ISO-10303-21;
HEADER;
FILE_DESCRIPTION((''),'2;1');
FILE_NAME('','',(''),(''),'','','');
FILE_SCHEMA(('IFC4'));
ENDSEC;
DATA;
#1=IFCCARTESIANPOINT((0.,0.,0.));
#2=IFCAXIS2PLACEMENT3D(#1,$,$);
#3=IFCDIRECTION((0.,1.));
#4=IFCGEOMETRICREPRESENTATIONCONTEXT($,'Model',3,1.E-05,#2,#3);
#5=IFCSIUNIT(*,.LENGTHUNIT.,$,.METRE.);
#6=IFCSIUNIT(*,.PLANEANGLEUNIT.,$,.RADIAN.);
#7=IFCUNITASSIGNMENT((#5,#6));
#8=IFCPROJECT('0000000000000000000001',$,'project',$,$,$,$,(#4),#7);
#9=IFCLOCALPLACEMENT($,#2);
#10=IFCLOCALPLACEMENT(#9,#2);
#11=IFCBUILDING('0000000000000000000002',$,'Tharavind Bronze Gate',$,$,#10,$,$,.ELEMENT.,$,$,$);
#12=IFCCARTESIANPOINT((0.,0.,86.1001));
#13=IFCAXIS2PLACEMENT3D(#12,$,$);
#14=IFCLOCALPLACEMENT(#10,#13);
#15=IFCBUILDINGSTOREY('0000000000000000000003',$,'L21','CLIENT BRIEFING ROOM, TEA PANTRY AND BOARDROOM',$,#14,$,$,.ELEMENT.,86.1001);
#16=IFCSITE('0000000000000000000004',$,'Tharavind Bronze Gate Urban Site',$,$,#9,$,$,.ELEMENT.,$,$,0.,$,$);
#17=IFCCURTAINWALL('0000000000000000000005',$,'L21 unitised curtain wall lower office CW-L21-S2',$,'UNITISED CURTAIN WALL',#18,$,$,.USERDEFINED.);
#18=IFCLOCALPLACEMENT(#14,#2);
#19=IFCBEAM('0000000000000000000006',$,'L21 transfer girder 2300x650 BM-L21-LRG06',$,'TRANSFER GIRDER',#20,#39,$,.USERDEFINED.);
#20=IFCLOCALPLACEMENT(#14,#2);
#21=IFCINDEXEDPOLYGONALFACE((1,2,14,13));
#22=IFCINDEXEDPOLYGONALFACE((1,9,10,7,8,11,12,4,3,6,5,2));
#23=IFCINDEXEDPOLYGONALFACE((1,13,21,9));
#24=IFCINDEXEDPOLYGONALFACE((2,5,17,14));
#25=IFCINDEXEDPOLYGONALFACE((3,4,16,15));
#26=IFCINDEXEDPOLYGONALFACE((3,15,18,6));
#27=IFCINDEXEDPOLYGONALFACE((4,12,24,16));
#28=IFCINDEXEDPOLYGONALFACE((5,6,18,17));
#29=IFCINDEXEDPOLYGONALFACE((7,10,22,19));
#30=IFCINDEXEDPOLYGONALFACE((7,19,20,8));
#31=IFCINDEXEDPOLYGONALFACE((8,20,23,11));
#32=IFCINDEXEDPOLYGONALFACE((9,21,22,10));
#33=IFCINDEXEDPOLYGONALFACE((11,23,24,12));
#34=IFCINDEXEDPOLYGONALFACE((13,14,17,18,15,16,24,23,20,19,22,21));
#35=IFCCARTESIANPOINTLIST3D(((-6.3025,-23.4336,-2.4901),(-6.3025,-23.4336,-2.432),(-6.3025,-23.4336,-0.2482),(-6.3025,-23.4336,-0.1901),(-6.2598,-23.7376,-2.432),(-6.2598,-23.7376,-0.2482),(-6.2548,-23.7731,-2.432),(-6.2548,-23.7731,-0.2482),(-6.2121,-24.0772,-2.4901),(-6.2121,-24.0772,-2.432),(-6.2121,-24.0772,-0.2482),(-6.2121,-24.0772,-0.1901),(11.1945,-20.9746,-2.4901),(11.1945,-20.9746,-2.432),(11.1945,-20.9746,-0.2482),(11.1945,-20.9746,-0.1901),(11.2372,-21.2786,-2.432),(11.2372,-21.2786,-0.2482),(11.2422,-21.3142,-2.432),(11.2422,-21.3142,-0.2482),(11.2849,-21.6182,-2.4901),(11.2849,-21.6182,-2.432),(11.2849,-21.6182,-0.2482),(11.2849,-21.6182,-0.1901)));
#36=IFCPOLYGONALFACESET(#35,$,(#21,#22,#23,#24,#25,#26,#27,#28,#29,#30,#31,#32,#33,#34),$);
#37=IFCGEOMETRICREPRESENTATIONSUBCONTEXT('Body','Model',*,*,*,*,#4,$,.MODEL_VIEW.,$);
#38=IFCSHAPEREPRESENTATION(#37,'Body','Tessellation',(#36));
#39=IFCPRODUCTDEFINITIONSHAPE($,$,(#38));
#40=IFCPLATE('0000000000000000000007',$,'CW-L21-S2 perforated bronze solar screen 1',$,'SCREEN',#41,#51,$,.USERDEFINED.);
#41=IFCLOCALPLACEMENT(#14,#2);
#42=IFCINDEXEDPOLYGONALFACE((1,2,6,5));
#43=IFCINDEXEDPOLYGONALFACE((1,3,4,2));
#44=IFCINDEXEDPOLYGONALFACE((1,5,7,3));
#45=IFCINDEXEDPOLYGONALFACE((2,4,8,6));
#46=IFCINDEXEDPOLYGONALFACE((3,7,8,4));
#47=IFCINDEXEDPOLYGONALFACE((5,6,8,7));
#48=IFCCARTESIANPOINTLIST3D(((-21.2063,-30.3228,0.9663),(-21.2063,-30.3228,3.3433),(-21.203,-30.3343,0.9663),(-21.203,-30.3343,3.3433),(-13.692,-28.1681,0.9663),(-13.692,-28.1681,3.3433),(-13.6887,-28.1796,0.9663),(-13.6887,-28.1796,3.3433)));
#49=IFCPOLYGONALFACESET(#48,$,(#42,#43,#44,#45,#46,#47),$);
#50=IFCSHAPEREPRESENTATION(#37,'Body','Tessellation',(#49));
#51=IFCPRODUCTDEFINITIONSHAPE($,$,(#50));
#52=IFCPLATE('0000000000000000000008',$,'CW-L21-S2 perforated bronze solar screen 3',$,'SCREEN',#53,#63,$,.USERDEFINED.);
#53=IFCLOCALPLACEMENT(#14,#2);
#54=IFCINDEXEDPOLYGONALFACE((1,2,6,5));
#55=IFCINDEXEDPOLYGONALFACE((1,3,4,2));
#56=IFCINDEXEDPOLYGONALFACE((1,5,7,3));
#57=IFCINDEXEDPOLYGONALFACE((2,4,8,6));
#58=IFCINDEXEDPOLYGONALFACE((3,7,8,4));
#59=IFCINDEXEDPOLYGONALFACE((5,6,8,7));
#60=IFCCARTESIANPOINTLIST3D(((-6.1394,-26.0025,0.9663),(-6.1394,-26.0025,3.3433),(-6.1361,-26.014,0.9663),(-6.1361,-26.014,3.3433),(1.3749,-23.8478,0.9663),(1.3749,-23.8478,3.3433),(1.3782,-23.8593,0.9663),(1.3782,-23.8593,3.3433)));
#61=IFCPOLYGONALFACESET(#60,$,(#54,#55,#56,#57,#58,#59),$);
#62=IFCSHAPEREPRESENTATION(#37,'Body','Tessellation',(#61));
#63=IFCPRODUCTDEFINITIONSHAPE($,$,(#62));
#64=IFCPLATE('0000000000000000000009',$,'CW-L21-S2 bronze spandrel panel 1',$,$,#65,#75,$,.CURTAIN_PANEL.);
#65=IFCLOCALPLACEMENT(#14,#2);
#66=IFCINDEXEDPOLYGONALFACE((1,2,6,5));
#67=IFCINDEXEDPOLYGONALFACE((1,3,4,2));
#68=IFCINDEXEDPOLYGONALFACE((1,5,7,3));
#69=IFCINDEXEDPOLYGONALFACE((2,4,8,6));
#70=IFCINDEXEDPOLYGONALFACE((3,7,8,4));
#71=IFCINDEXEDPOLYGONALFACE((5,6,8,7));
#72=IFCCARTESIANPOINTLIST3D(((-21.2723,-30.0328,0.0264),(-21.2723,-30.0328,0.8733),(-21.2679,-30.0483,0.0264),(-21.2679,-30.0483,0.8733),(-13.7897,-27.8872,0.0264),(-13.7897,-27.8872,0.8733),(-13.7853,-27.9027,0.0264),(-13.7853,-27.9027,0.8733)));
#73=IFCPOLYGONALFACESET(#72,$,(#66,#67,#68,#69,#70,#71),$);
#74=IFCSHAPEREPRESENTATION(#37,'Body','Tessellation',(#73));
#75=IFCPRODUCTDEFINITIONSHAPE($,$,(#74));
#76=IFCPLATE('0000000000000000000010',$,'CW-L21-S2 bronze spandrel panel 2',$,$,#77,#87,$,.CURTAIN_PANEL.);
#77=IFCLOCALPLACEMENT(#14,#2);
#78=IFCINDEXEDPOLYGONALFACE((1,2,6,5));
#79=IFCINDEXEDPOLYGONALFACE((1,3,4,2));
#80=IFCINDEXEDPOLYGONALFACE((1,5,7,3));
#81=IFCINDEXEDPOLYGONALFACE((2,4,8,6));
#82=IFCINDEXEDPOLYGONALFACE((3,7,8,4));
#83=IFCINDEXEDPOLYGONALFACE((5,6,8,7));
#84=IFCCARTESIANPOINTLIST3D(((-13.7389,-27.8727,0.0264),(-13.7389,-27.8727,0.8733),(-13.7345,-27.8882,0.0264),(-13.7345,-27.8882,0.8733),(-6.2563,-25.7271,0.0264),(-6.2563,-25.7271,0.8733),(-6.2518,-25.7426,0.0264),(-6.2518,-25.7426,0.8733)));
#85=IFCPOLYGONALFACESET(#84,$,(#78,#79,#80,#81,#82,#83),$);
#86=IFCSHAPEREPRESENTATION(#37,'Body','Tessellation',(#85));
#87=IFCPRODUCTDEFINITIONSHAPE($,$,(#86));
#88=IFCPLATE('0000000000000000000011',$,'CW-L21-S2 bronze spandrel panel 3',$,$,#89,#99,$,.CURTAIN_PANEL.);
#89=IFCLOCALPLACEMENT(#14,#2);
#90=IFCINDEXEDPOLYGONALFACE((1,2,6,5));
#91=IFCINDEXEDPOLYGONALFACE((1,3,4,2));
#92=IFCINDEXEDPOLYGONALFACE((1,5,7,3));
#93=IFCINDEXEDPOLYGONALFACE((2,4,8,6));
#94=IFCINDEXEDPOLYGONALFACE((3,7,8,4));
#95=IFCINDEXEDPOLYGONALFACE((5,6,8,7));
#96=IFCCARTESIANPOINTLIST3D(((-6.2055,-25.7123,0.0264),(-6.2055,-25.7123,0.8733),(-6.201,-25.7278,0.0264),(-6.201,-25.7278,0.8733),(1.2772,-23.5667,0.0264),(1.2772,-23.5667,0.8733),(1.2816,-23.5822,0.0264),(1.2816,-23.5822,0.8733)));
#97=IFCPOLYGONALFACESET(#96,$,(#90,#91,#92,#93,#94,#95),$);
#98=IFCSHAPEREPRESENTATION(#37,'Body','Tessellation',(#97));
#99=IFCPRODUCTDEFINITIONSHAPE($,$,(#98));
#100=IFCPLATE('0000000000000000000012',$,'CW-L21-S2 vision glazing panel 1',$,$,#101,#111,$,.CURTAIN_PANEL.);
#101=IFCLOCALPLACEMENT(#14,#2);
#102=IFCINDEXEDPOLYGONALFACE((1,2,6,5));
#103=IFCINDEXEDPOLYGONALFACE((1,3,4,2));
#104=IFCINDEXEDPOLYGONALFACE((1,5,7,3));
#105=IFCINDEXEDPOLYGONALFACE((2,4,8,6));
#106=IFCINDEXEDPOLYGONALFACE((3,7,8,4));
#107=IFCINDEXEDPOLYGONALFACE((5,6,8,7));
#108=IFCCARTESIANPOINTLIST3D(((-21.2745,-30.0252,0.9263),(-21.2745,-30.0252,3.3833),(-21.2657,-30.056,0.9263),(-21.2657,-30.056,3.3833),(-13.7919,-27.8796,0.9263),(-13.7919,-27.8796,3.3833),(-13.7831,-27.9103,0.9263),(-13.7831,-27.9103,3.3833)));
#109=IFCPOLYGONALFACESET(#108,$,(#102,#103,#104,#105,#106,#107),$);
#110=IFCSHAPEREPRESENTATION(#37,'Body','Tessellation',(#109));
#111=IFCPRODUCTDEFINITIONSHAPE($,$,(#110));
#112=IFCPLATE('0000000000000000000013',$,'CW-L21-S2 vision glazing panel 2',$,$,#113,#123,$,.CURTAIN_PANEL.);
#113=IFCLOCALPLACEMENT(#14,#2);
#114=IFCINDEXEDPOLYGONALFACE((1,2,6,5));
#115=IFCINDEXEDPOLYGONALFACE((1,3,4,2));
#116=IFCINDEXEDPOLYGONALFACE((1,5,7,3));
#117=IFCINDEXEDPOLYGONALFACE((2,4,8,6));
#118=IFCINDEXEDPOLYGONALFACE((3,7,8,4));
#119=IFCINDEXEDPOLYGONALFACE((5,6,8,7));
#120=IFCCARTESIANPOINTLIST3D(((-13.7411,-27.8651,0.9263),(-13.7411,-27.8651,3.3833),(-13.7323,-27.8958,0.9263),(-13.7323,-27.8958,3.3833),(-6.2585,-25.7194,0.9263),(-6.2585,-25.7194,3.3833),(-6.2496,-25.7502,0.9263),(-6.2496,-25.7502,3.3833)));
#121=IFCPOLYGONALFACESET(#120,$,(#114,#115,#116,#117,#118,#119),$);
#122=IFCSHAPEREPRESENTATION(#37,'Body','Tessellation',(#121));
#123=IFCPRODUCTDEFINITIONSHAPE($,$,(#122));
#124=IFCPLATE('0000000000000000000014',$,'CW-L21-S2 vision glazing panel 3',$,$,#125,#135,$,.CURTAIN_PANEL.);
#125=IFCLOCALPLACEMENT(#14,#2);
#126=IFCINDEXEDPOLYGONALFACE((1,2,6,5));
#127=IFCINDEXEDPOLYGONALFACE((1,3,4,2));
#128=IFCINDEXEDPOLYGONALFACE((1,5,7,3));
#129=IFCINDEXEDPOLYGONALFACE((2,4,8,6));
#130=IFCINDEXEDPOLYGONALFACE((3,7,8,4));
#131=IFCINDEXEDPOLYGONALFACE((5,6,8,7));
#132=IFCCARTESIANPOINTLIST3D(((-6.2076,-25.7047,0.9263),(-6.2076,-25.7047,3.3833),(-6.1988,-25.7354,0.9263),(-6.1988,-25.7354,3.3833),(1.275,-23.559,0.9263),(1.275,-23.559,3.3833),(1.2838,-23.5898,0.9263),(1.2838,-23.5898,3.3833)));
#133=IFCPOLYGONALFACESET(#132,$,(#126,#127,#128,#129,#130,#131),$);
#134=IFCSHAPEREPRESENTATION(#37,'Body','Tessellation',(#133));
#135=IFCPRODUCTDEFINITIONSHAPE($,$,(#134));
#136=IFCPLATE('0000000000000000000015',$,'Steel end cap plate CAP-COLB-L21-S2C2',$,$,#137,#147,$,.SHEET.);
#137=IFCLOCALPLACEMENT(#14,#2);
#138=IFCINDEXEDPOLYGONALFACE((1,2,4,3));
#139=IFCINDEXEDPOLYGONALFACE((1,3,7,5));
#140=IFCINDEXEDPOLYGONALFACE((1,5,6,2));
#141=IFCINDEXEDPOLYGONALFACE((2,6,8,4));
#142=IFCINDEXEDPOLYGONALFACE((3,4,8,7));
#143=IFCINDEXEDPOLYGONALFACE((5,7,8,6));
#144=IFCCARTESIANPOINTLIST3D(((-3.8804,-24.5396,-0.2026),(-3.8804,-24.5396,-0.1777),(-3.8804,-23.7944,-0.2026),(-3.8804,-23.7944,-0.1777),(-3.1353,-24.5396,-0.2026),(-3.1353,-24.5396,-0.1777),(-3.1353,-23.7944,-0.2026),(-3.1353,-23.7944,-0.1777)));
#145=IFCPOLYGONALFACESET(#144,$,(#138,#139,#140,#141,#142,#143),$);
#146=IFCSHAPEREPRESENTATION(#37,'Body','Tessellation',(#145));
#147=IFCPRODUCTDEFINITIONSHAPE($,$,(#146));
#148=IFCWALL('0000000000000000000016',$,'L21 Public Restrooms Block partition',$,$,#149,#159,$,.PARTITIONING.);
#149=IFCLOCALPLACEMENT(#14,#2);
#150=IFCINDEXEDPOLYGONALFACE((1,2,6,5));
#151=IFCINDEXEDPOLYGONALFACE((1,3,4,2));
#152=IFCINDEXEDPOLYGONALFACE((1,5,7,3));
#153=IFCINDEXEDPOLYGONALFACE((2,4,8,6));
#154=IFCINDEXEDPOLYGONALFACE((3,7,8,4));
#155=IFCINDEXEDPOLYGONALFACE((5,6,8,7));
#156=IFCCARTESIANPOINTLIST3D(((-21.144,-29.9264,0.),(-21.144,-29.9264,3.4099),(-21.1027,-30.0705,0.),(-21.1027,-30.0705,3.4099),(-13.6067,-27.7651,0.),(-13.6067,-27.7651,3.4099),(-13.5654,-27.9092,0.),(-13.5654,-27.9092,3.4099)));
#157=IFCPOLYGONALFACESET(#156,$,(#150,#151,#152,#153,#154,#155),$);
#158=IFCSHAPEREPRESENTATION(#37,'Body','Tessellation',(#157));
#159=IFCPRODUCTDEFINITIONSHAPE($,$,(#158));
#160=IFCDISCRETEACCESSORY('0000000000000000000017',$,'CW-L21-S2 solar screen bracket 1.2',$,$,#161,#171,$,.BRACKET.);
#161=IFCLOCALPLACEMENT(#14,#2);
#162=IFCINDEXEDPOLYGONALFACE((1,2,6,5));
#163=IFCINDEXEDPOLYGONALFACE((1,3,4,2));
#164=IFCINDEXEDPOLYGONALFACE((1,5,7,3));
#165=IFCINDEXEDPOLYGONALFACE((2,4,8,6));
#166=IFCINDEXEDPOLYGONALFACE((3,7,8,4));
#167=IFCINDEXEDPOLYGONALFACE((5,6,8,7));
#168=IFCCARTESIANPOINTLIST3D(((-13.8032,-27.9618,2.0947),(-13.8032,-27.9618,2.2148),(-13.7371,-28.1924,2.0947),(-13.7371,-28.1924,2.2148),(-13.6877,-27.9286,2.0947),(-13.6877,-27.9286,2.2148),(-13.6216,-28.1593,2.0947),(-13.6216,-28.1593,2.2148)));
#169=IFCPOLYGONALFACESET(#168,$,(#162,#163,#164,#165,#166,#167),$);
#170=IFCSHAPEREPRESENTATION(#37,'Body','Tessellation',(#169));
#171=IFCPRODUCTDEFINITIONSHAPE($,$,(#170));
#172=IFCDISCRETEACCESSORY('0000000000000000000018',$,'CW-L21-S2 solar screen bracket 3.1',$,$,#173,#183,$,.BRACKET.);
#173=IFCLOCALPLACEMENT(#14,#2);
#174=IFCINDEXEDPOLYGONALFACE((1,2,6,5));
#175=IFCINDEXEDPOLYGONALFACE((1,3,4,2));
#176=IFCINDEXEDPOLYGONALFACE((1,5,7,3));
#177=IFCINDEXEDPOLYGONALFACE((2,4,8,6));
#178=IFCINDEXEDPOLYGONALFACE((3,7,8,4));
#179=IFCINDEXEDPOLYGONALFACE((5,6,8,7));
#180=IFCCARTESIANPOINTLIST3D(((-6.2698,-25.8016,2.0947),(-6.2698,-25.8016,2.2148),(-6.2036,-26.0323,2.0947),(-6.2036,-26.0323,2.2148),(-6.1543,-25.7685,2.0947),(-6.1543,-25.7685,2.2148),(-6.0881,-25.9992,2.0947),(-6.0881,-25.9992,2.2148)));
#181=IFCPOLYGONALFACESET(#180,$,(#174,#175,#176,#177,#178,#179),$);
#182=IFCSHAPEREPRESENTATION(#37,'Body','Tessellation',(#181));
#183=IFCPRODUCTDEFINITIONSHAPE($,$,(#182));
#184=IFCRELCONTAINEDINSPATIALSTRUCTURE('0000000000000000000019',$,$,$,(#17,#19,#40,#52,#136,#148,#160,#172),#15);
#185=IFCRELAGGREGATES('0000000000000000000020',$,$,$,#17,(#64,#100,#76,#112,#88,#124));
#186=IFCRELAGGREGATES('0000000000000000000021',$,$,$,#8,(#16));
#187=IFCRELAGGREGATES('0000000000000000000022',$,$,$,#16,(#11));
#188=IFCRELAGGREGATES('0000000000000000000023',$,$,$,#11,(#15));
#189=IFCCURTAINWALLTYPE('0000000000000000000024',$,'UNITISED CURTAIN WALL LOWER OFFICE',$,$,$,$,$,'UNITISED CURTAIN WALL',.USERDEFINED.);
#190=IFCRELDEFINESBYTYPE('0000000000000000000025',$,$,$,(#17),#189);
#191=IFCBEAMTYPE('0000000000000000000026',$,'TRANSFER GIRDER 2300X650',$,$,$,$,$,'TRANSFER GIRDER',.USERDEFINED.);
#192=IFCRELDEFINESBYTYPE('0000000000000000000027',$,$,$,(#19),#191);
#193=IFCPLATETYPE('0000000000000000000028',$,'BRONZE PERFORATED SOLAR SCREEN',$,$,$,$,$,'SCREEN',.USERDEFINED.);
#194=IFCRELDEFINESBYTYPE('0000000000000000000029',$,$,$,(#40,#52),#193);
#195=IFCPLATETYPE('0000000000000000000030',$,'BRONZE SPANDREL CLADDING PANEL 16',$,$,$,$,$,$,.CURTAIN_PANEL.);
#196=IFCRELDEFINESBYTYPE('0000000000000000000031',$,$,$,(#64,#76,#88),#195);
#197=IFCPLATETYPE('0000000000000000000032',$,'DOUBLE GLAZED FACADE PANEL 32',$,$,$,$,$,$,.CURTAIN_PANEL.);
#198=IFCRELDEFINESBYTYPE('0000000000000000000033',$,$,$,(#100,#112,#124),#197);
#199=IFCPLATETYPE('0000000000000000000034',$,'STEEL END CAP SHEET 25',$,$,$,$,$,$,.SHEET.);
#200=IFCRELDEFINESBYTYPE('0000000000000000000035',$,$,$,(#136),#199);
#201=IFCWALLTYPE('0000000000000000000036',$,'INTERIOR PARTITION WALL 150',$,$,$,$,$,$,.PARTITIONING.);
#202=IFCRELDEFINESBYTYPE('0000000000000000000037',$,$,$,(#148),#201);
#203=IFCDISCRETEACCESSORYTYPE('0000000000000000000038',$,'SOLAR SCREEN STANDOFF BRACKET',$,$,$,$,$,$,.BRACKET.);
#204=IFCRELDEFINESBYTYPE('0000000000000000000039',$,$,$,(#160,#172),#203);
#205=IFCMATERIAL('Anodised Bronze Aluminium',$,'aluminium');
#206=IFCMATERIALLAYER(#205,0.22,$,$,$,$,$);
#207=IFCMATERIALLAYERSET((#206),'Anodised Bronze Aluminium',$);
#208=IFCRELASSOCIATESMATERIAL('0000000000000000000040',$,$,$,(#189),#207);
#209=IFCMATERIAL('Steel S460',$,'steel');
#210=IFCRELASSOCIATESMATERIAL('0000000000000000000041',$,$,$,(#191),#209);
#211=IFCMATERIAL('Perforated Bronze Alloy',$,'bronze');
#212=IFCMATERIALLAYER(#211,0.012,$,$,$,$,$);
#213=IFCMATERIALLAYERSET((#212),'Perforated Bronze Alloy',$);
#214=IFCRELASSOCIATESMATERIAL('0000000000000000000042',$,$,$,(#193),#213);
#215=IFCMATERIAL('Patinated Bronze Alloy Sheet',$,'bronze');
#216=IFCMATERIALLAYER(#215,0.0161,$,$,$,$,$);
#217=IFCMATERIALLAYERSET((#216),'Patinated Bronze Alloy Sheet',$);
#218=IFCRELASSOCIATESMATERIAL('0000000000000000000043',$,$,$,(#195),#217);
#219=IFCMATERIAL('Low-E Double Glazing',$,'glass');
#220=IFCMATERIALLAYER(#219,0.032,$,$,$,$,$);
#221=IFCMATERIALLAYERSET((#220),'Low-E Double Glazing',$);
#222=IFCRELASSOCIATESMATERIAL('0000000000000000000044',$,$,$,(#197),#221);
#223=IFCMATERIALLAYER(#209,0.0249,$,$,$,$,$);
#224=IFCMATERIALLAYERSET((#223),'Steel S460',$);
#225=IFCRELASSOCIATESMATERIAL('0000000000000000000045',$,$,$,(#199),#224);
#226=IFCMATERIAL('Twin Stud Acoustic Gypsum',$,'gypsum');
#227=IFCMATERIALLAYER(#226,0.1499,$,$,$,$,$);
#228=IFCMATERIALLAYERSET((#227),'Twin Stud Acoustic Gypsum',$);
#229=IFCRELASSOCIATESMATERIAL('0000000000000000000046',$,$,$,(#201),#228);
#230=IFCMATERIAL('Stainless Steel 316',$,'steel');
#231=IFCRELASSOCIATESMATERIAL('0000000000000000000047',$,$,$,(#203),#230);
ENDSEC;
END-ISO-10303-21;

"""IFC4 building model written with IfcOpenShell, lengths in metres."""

from ifc_helpers import new_model, si_unit, direction, frame, frame_2d, origin, origin_2d, place, context, subcontext, project, spatial, rectangle, i_section, extrude, material, layer, layer_set, material_profile, profile_set, type_object, element, aggregate, save


model = new_model("IFC4")

# Units and contexts
model_context = context("Model", 3, precision=1e-05, world=origin(), true_north=direction((0.0, 1.0)))
body_context = subcontext(model_context, "Body", "Model", "MODEL_VIEW")
ifc_project = project(units=[si_unit("LENGTHUNIT", "METRE"), si_unit("PLANEANGLEUNIT", "RADIAN")], contexts=[model_context])

# Site, building, storey
site_placement = place(None, origin())
site = spatial("IfcSite", under=ifc_project, at=site_placement, Name="Tharavind Bronze Gate Urban Site", CompositionType="ELEMENT", RefElevation=0.0)
building_placement = place(site_placement, origin())
building = spatial("IfcBuilding", under=site, at=building_placement, Name="Tharavind Bronze Gate", CompositionType="ELEMENT")
storey_placement = place(building_placement, frame((0.0, 0.0, 86.1001)))
storey = spatial("IfcBuildingStorey", under=building, at=storey_placement, Name="L21", Description="CLIENT BRIEFING ROOM, TEA PANTRY AND BOARDROOM", CompositionType="ELEMENT", Elevation=86.1001)

# Shared definitions
ifc_material_1 = material(Name="Steel S460", Category="steel")

# Curtain wall
ifc_material_2 = material(Name="Anodised Bronze Aluminium", Category="aluminium")
ifc_layer_1 = layer(ifc_material_2, 0.22)
ifc_layer_set_1 = layer_set([ifc_layer_1], Name="Anodised Bronze Aluminium")
curtain_wall_type = type_object("IfcCurtainWallType", Name="UNITISED CURTAIN WALL LOWER OFFICE", ElementType="UNITISED CURTAIN WALL", PredefinedType="USERDEFINED", material=ifc_layer_set_1)
curtain_wall_placement = place(storey_placement, origin())
curtain_wall = element("IfcCurtainWall", 1, at=curtain_wall_placement, inside=storey, type_object=curtain_wall_type, Name="L21 unitised curtain wall lower office CW-L21-S2", ObjectType="UNITISED CURTAIN WALL", PredefinedType="USERDEFINED")

# Beam
ifc_material_profile_1 = material_profile(ifc_material_1, i_section(OverallWidth=0.6499, OverallDepth=2.3, WebThickness=0.0359, FlangeThickness=0.0581, at=origin_2d()), Name="PG2300X650")
ifc_profile_set_1 = profile_set([ifc_material_profile_1], Name="Steel S460")
beam_type_1 = type_object("IfcBeamType", Name="TRANSFER GIRDER 2300X650", ElementType="TRANSFER GIRDER", PredefinedType="USERDEFINED", material=ifc_profile_set_1)
beam_1_placement = place(storey_placement, frame((-6.2573, -23.7554, -1.3401), z_axis=(0.990269, 0.139169, 0.0), x_axis=(-0.139169, 0.990269, 0.0)))
element("IfcBeam", 2, at=beam_1_placement, inside=storey, type_object=beam_type_1, Name="L21 transfer girder 2300x650 BM-L21-LRG06", ObjectType="TRANSFER GIRDER", PredefinedType="USERDEFINED", context=body_context, shape_type="SweptSolid", body=[
    extrude(i_section(OverallWidth=0.6499, OverallDepth=2.3, WebThickness=0.0359, FlangeThickness=0.0581, at=origin_2d()), origin(), (0.0, 0.0, 1.0), 17.6689),
])

# Plates
ifc_material_3 = material(Name="Perforated Bronze Alloy", Category="bronze")
ifc_layer_2 = layer(ifc_material_3, 0.012)
ifc_layer_set_2 = layer_set([ifc_layer_2], Name="Perforated Bronze Alloy")
plate_type_1 = type_object("IfcPlateType", Name="BRONZE PERFORATED SOLAR SCREEN", ElementType="SCREEN", PredefinedType="USERDEFINED", material=ifc_layer_set_2)
for number, where, z_axis, x_axis, name in (
    (3, (-17.4475, -29.2512, 0.9663), (0.0, 0.0, 1.0), (0.961262, 0.275637, 0.0), "CW-L21-S2 perforated bronze solar screen 1"),
    (4, (-2.3806, -24.9309, 0.9663), (0.0, 0.0, 1.0), (0.961262, 0.275637, 0.0), "CW-L21-S2 perforated bronze solar screen 3"),
):
    element("IfcPlate", number, at=place(storey_placement, frame(where, z_axis=z_axis, x_axis=x_axis)), inside=storey, type_object=plate_type_1, Name=name, ObjectType="SCREEN", PredefinedType="USERDEFINED", context=body_context, shape_type="SweptSolid", body=[
        extrude(rectangle(XDim=7.8171, YDim=0.012, at=origin_2d()), origin(), (0.0, 0.0, 1.0), 2.377),
    ])

# Plates
ifc_material_4 = material(Name="Patinated Bronze Alloy Sheet", Category="bronze")
ifc_layer_3 = layer(ifc_material_4, 0.0161)
ifc_layer_set_3 = layer_set([ifc_layer_3], Name="Patinated Bronze Alloy Sheet")
plate_type_2 = type_object("IfcPlateType", Name="BRONZE SPANDREL CLADDING PANEL 16", PredefinedType="CURTAIN_PANEL", material=ifc_layer_set_3)
plate_1_placement = place(storey_placement, frame((-17.5288, -28.9678, 0.0264), z_axis=(0.0, 0.0, 1.0), x_axis=(0.961262, 0.275637, 0.0)))
plate_1 = element("IfcPlate", 5, at=plate_1_placement, type_object=plate_type_2, Name="CW-L21-S2 bronze spandrel panel 1", PredefinedType="CURTAIN_PANEL", context=body_context, shape_type="SweptSolid", body=[
    extrude(rectangle(XDim=7.7842, YDim=0.0161, at=origin_2d()), origin(), (0.0, 0.0, 1.0), 0.8469),
])
plate_2_placement = place(storey_placement, frame((-9.9954, -26.8076, 0.0264), z_axis=(0.0, 0.0, 1.0), x_axis=(0.961262, 0.275637, 0.0)))
plate_2 = element("IfcPlate", 6, at=plate_2_placement, type_object=plate_type_2, Name="CW-L21-S2 bronze spandrel panel 2", PredefinedType="CURTAIN_PANEL", context=body_context, shape_type="SweptSolid", body=[
    extrude(rectangle(XDim=7.7842, YDim=0.0161, at=origin_2d()), origin(), (0.0, 0.0, 1.0), 0.8469),
])
plate_3_placement = place(storey_placement, frame((-2.4619, -24.6472, 0.0264), z_axis=(0.0, 0.0, 1.0), x_axis=(0.961262, 0.275637, 0.0)))
plate_3 = element("IfcPlate", 7, at=plate_3_placement, type_object=plate_type_2, Name="CW-L21-S2 bronze spandrel panel 3", PredefinedType="CURTAIN_PANEL", context=body_context, shape_type="SweptSolid", body=[
    extrude(rectangle(XDim=7.7842, YDim=0.0161, at=origin_2d()), origin(), (0.0, 0.0, 1.0), 0.8469),
])
ifc_material_5 = material(Name="Low-E Double Glazing", Category="glass")
ifc_layer_4 = layer(ifc_material_5, 0.032)
ifc_layer_set_4 = layer_set([ifc_layer_4], Name="Low-E Double Glazing")
plate_type_3 = type_object("IfcPlateType", Name="DOUBLE GLAZED FACADE PANEL 32", PredefinedType="CURTAIN_PANEL", material=ifc_layer_set_4)
plate_4_placement = place(storey_placement, frame((-17.5288, -28.9678, 0.9263), z_axis=(0.0, 0.0, 1.0), x_axis=(0.961262, 0.275637, 0.0)))
plate_4 = element("IfcPlate", 8, at=plate_4_placement, type_object=plate_type_3, Name="CW-L21-S2 vision glazing panel 1", PredefinedType="CURTAIN_PANEL", context=body_context, shape_type="SweptSolid", body=[
    extrude(rectangle(XDim=7.7842, YDim=0.032, at=origin_2d()), origin(), (0.0, 0.0, 1.0), 2.457),
])
plate_5_placement = place(storey_placement, frame((-9.9954, -26.8076, 0.9263), z_axis=(0.0, 0.0, 1.0), x_axis=(0.961262, 0.275637, 0.0)))
plate_5 = element("IfcPlate", 9, at=plate_5_placement, type_object=plate_type_3, Name="CW-L21-S2 vision glazing panel 2", PredefinedType="CURTAIN_PANEL", context=body_context, shape_type="SweptSolid", body=[
    extrude(rectangle(XDim=7.7842, YDim=0.032, at=origin_2d()), origin(), (0.0, 0.0, 1.0), 2.457),
])
plate_6_placement = place(storey_placement, frame((-2.4619, -24.6472, 0.9263), z_axis=(0.0, 0.0, 1.0), x_axis=(0.961262, 0.275637, 0.0)))
plate_6 = element("IfcPlate", 10, at=plate_6_placement, type_object=plate_type_3, Name="CW-L21-S2 vision glazing panel 3", PredefinedType="CURTAIN_PANEL", context=body_context, shape_type="SweptSolid", body=[
    extrude(rectangle(XDim=7.7842, YDim=0.032, at=origin_2d()), origin(), (0.0, 0.0, 1.0), 2.457),
])
aggregate(curtain_wall, [plate_1, plate_4, plate_2, plate_5, plate_3, plate_6])
ifc_layer_5 = layer(ifc_material_1, 0.0249)
ifc_layer_set_5 = layer_set([ifc_layer_5], Name="Steel S460")
plate_type_4 = type_object("IfcPlateType", Name="STEEL END CAP SHEET 25", PredefinedType="SHEET", material=ifc_layer_set_5)
plate_7_placement = place(storey_placement, frame((-3.5078, -24.167, -0.2026), z_axis=(0.0, 0.0, 1.0), x_axis=(1.0, 0.0, 0.0)))
element("IfcPlate", 11, at=plate_7_placement, inside=storey, type_object=plate_type_4, Name="Steel end cap plate CAP-COLB-L21-S2C2", PredefinedType="SHEET", context=body_context, shape_type="SweptSolid", body=[
    extrude(rectangle(XDim=0.7451, YDim=0.7451, at=origin_2d()), origin(), (0.0, 0.0, 1.0), 0.0249),
])

# Wall
ifc_material_6 = material(Name="Twin Stud Acoustic Gypsum", Category="gypsum")
ifc_layer_6 = layer(ifc_material_6, 0.1499)
ifc_layer_set_6 = layer_set([ifc_layer_6], Name="Twin Stud Acoustic Gypsum")
wall_type = type_object("IfcWallType", Name="INTERIOR PARTITION WALL 150", PredefinedType="PARTITIONING", material=ifc_layer_set_6)
wall_placement = place(storey_placement, frame((-13.5862, -27.8372, 0.0), z_axis=(0.0, 0.0, 1.0), x_axis=(-0.961259, -0.275646, 0.0)))
element("IfcWall", 12, at=wall_placement, inside=storey, type_object=wall_type, Name="L21 Public Restrooms Block partition", PredefinedType="PARTITIONING", context=body_context, shape_type="SweptSolid", body=[
    extrude(rectangle(XDim=7.8411, YDim=0.1499, at=frame_2d((3.9204, 0.0))), origin(), (0.0, 0.0, 1.0), 3.4099),
])

# Discrete accessories
ifc_material_7 = material(Name="Stainless Steel 316", Category="steel")
discrete_accessory_type = type_object("IfcDiscreteAccessoryType", Name="SOLAR SCREEN STANDOFF BRACKET", PredefinedType="BRACKET", material=ifc_material_7)
for number, where, z_axis, x_axis, name in (
    (13, (-13.7124, -28.0605, 2.0947), (0.0, 0.0, 1.0), (0.961262, 0.275637, 0.0), "CW-L21-S2 solar screen bracket 1.2"),
    (14, (-6.179, -25.9004, 2.0947), (0.0, 0.0, 1.0), (0.961262, 0.275637, 0.0), "CW-L21-S2 solar screen bracket 3.1"),
):
    element("IfcDiscreteAccessory", number, at=place(storey_placement, frame(where, z_axis=z_axis, x_axis=x_axis)), inside=storey, type_object=discrete_accessory_type, Name=name, PredefinedType="BRACKET", context=body_context, shape_type="SweptSolid", body=[
        extrude(rectangle(XDim=0.1201, YDim=0.24, at=origin_2d()), origin(), (0.0, 0.0, 1.0), 0.1201),
    ])

save(model, "model.ifc")
